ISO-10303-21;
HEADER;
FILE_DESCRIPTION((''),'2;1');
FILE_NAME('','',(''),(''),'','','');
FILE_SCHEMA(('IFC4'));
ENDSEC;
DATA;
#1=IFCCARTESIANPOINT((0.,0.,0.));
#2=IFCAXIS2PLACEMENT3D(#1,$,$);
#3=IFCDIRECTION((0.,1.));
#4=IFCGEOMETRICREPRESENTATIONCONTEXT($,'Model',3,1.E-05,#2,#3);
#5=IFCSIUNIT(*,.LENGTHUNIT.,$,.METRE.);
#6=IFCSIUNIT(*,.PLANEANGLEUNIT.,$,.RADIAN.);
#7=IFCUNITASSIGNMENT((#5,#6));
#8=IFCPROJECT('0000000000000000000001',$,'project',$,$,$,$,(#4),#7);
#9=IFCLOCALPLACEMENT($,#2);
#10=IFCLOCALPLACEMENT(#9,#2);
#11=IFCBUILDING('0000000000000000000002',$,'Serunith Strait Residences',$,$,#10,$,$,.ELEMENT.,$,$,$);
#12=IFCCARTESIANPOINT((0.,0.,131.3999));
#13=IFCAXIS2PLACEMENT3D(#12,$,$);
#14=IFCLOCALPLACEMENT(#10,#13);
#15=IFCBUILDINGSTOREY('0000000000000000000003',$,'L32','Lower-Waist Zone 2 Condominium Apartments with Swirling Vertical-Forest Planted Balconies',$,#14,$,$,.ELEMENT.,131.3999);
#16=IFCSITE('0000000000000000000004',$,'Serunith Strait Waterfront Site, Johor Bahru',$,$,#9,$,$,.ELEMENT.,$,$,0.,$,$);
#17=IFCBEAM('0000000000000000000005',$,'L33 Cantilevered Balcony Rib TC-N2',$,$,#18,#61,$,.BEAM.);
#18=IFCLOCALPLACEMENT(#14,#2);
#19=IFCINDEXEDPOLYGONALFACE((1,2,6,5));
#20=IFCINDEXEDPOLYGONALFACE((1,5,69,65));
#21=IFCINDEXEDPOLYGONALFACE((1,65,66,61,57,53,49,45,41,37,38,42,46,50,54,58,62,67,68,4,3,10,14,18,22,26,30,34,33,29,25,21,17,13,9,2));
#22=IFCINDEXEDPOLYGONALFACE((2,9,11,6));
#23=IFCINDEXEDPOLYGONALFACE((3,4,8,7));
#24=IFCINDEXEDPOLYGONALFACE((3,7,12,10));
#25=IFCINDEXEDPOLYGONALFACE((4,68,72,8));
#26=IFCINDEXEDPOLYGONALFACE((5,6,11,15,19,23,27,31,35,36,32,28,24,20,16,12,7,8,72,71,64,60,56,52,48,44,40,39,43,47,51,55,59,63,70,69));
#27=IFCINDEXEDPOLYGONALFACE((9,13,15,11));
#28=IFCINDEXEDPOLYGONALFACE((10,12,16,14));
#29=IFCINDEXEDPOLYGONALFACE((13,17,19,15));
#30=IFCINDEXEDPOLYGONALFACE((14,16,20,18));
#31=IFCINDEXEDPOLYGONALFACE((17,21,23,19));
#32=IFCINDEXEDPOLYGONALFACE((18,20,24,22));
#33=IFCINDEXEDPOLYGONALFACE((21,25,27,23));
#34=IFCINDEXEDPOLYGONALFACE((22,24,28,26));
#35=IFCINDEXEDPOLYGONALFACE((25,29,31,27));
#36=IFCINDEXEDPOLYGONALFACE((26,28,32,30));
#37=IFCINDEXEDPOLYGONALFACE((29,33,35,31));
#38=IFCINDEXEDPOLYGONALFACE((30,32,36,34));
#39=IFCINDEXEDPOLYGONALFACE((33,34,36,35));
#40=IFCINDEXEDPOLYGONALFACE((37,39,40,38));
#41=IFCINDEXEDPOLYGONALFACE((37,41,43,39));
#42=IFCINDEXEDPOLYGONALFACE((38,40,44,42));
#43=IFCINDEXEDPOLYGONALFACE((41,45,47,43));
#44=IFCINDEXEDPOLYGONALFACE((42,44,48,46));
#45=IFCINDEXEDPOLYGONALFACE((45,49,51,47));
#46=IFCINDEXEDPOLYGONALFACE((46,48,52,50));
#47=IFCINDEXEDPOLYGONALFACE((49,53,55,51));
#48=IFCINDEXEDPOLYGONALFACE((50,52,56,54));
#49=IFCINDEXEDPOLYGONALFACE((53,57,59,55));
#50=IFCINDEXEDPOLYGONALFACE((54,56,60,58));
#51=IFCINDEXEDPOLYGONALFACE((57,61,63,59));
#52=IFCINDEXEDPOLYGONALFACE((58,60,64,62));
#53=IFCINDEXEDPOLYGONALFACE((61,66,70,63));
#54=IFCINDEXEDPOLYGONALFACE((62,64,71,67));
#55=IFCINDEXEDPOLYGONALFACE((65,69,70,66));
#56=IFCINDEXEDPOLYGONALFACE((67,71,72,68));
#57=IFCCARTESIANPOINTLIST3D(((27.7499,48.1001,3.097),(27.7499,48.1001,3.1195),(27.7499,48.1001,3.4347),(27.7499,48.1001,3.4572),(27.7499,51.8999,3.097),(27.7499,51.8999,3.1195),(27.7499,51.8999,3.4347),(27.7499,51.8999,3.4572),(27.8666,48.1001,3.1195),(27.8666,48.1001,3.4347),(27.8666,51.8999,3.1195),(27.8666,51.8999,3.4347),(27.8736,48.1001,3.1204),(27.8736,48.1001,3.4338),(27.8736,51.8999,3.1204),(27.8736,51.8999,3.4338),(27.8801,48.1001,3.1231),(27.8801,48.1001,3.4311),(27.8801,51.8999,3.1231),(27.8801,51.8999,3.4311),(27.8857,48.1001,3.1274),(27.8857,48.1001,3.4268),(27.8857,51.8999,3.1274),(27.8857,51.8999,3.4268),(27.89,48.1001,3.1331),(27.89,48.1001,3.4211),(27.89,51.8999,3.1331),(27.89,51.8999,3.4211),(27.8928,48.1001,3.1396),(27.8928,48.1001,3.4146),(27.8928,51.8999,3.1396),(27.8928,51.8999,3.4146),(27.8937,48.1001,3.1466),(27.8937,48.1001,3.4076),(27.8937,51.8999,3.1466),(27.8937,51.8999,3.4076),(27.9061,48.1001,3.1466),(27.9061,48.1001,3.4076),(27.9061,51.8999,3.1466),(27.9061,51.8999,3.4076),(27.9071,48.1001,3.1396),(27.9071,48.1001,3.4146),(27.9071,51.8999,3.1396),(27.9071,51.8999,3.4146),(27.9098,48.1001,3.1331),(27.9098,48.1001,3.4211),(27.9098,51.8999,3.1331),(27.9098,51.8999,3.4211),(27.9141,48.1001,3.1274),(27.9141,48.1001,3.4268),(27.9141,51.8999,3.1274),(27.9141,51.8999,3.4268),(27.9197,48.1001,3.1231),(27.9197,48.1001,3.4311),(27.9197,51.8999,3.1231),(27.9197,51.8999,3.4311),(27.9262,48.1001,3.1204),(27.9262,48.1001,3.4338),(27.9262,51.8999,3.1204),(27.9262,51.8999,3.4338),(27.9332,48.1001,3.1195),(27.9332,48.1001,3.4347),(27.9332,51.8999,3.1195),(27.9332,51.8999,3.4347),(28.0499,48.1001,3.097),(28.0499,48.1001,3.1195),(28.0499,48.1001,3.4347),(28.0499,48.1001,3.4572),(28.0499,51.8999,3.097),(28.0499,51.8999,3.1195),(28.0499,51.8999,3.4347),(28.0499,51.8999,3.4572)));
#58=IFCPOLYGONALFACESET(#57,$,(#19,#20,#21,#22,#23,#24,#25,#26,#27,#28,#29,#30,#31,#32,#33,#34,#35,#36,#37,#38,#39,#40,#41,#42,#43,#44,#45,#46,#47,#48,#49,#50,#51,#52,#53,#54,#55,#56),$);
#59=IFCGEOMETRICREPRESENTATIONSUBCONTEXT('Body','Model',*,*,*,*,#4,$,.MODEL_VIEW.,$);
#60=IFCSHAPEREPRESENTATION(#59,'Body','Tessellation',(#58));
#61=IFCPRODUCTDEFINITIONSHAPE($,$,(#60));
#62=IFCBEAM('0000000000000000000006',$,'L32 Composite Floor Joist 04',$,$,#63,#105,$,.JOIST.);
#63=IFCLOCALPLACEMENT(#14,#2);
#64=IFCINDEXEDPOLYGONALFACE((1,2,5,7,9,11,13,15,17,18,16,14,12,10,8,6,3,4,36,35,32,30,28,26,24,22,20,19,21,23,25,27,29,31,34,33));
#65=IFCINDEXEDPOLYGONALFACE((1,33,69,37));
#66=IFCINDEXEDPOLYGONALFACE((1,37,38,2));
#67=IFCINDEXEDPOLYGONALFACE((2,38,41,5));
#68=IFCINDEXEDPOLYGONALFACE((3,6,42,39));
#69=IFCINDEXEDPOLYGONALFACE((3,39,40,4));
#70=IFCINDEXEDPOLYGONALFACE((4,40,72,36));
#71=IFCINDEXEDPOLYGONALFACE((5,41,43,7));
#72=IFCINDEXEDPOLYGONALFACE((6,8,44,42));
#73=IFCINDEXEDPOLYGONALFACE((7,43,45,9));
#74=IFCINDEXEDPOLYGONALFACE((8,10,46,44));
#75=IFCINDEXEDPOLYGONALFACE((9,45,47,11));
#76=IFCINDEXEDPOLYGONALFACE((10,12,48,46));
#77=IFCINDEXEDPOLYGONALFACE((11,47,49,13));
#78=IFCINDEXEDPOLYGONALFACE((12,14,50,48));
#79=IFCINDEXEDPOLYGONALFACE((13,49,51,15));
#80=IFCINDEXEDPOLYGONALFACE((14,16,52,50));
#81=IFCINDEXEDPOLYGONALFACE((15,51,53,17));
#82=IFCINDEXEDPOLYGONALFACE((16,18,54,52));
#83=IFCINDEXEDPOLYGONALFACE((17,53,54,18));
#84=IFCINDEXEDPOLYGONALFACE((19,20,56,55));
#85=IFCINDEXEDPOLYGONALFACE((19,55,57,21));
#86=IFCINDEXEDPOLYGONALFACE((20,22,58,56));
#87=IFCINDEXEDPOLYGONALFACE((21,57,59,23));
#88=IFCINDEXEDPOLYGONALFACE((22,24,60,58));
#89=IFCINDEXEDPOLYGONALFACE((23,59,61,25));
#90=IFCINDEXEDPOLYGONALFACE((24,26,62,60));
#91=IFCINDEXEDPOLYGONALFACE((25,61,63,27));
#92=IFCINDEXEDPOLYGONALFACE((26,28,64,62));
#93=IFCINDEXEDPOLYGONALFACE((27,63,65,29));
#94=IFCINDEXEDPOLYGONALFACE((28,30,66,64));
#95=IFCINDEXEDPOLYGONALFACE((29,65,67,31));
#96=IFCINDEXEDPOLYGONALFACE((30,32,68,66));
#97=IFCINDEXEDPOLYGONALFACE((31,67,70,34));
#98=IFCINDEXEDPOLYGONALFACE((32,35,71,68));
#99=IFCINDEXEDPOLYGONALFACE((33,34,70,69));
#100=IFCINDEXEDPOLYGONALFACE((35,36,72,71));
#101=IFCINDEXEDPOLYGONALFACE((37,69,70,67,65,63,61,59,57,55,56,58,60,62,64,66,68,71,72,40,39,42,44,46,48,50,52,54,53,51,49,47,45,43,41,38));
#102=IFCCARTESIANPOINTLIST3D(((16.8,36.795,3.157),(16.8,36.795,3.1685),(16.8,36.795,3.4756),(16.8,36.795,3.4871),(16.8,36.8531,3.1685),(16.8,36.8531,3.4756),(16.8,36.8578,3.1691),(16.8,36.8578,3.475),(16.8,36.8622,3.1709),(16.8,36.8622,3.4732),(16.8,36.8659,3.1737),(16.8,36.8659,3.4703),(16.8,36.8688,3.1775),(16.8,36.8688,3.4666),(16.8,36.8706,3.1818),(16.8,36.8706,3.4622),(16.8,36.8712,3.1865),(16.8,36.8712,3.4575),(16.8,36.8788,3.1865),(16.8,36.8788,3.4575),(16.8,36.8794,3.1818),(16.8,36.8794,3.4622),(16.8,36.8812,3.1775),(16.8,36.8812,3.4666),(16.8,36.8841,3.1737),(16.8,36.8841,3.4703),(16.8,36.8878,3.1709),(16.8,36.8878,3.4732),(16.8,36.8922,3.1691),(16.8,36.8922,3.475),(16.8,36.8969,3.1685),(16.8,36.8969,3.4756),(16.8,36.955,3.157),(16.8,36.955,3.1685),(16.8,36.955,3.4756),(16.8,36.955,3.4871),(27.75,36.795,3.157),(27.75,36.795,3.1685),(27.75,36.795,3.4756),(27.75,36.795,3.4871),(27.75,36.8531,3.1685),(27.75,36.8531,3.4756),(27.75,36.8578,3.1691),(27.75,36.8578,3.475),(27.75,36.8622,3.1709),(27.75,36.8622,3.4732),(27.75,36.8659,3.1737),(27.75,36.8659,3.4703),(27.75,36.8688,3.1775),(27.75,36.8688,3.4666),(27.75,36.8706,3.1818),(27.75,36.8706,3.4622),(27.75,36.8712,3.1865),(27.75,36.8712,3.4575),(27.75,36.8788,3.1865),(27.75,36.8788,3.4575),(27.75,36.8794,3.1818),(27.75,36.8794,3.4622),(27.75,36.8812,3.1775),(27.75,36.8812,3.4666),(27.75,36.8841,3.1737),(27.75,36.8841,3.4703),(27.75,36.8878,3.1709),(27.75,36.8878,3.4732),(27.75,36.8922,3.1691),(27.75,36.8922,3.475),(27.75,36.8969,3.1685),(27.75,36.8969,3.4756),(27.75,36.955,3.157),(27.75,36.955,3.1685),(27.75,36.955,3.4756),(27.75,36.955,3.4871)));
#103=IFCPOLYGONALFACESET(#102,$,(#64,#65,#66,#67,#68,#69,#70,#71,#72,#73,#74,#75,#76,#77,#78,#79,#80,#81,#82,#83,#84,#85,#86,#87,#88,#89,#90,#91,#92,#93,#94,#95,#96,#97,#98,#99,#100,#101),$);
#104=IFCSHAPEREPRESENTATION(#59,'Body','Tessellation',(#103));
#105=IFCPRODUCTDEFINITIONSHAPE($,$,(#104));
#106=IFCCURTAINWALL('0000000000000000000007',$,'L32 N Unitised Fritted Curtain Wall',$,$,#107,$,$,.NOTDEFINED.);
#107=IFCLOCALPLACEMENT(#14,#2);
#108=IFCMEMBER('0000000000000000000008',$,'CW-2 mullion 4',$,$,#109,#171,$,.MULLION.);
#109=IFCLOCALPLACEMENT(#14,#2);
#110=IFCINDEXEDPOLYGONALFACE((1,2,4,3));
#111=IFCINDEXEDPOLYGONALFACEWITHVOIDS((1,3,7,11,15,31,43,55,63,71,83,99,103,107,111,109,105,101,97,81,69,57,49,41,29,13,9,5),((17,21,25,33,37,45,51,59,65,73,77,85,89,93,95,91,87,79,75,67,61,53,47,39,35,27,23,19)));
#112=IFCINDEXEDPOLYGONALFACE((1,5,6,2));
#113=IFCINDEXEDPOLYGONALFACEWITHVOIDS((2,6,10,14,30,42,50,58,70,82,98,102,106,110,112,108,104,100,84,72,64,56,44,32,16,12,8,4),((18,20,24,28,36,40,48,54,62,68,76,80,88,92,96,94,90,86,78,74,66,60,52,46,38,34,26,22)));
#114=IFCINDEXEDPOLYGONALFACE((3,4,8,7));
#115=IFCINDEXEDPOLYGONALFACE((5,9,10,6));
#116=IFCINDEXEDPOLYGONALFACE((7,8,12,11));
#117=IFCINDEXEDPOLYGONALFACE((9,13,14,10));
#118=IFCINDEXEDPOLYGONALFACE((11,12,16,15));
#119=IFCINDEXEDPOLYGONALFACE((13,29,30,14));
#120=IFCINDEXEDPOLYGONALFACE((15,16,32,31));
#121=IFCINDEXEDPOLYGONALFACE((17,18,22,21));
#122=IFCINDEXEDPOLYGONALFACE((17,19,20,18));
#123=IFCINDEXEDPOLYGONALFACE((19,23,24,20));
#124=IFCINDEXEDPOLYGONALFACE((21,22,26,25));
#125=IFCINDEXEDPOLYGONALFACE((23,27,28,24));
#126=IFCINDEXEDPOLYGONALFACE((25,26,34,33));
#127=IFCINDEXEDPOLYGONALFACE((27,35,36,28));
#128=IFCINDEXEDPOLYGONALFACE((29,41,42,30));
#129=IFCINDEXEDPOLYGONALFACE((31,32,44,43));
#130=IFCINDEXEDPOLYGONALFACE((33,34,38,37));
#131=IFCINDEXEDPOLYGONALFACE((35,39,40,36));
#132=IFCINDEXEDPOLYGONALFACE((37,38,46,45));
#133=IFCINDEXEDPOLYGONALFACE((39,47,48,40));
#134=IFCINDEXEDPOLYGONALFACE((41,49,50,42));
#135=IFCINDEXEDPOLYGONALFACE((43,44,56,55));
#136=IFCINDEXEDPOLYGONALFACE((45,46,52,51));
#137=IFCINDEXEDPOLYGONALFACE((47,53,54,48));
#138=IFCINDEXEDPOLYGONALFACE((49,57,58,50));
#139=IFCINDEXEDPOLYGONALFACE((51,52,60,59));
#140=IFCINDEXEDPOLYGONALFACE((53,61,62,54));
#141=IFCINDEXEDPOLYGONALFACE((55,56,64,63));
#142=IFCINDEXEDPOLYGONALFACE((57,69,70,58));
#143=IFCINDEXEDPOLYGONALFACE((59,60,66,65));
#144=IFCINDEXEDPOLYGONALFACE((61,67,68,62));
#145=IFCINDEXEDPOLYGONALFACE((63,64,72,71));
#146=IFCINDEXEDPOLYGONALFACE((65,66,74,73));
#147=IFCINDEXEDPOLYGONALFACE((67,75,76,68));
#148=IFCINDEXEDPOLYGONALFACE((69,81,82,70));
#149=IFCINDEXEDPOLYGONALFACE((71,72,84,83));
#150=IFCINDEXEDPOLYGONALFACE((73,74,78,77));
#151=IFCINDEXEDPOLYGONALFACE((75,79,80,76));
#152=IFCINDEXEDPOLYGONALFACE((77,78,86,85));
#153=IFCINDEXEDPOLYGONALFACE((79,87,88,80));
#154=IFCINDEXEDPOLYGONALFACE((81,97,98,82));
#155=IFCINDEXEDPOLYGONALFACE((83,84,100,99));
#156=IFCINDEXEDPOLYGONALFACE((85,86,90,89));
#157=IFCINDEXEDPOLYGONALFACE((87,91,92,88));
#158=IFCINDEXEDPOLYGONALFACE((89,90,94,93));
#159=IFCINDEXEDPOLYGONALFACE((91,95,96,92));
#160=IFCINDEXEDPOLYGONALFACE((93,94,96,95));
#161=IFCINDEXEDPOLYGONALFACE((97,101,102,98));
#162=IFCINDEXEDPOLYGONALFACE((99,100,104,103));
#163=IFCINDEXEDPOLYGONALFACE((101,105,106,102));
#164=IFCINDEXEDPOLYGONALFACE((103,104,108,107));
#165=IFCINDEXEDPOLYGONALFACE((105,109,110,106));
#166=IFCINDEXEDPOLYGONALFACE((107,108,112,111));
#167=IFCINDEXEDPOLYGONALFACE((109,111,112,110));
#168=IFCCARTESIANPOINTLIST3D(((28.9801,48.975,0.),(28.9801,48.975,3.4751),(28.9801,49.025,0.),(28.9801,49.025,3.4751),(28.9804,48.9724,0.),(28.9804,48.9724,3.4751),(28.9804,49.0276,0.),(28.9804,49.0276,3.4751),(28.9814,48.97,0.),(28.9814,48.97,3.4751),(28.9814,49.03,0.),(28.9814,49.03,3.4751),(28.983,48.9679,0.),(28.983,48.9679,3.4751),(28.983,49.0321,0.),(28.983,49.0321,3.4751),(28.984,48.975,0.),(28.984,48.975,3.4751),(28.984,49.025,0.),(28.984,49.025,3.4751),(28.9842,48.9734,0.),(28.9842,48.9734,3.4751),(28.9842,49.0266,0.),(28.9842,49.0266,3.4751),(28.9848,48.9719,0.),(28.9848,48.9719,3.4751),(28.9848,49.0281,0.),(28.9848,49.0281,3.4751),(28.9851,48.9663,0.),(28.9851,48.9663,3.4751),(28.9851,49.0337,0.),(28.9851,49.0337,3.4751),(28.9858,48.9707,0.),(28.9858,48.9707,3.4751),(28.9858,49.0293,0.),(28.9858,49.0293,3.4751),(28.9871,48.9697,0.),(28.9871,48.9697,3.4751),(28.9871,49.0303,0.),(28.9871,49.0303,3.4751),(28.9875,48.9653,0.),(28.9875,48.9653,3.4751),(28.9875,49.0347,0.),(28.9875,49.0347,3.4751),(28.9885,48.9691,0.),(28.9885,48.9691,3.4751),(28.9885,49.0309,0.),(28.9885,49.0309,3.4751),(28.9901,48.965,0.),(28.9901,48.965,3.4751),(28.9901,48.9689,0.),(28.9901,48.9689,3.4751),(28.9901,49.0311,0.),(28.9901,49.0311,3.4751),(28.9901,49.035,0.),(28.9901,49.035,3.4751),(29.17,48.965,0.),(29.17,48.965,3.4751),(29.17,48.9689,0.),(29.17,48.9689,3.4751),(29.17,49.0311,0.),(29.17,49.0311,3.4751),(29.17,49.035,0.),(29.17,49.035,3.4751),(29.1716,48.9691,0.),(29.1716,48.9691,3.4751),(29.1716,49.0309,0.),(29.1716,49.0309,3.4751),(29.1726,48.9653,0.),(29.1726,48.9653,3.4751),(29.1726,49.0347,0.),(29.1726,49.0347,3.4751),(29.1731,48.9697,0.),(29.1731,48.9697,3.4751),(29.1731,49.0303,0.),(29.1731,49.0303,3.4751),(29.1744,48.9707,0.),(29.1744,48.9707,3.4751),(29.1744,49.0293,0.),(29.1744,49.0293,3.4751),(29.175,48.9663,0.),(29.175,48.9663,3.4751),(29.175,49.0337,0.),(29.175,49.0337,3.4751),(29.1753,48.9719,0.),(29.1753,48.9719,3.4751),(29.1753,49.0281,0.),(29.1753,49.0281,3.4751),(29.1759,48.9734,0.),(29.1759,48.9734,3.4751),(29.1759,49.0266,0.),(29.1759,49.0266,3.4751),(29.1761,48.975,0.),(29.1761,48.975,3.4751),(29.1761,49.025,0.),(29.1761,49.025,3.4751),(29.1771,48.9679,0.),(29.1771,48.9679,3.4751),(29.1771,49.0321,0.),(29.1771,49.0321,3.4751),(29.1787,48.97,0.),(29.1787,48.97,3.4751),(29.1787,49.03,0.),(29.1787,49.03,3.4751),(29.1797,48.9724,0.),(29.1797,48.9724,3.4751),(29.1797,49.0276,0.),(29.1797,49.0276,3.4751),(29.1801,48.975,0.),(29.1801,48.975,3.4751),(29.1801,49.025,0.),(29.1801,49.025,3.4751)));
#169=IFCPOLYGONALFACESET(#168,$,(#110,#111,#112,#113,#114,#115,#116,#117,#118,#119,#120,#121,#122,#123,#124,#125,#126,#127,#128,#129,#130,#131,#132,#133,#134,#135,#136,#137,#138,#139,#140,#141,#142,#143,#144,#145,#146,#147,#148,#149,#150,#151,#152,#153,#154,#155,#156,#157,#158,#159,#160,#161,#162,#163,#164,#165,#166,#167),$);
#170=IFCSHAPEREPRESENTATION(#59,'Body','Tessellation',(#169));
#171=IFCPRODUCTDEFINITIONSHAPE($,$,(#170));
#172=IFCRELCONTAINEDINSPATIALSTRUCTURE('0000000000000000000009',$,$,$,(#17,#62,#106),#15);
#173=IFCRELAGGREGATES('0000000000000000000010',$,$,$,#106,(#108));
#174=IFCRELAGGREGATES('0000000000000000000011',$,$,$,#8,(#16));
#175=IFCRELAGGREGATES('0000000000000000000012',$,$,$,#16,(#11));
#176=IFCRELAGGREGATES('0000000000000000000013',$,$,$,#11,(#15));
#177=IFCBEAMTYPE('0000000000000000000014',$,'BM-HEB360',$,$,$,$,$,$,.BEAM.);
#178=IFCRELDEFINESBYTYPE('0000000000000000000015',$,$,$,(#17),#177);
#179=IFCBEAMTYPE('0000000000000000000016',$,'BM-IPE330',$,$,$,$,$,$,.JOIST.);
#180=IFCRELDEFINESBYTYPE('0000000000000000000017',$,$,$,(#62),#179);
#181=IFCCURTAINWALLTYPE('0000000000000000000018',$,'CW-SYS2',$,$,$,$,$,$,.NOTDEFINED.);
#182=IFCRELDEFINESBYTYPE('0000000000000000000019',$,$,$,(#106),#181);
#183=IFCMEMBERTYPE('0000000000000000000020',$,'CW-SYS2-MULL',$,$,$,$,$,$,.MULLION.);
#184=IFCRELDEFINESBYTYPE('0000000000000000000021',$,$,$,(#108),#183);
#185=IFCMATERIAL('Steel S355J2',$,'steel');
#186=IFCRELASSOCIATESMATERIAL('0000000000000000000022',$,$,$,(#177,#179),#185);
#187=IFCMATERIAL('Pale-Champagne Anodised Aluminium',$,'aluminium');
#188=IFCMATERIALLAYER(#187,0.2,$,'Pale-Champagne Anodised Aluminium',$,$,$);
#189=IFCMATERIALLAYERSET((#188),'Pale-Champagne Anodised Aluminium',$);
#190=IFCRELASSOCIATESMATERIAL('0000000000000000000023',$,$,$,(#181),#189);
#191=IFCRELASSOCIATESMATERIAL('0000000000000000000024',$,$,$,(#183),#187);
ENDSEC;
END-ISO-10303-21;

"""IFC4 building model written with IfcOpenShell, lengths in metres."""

from ifc_helpers import new_model, si_unit, direction, frame, origin, origin_2d, place, context, subcontext, project, spatial, hollow_rectangle, i_section, extrude, source, transform, mapped, material, layer, layer_set, material_profile, profile_set, type_object, element, aggregate, save


model = new_model("IFC4")

# Units and contexts
model_context = context("Model", 3, precision=1e-05, world=origin(), true_north=direction((0.0, 1.0)))
body_context = subcontext(model_context, "Body", "Model", "MODEL_VIEW")
ifc_project = project(units=[si_unit("LENGTHUNIT", "METRE"), si_unit("PLANEANGLEUNIT", "RADIAN")], contexts=[model_context])

# Site, building, storey
site_placement = place(None, origin())
site = spatial("IfcSite", under=ifc_project, at=site_placement, Name="Serunith Strait Waterfront Site, Johor Bahru", CompositionType="ELEMENT", RefElevation=0.0)
building_placement = place(site_placement, origin())
building = spatial("IfcBuilding", under=site, at=building_placement, Name="Serunith Strait Residences", CompositionType="ELEMENT")
storey_placement = place(building_placement, frame((0.0, 0.0, 131.3999)))
storey = spatial("IfcBuildingStorey", under=building, at=storey_placement, Name="L32", Description="Lower-Waist Zone 2 Condominium Apartments with Swirling Vertical-Forest Planted Balconies", CompositionType="ELEMENT", Elevation=131.3999)

# Beams
ifc_material_1 = material(Name="Steel S355J2", Category="steel")
ifc_material_profile_1 = material_profile(ifc_material_1, i_section(OverallWidth=0.3, OverallDepth=0.3601, WebThickness=0.0125, FlangeThickness=0.0225, FilletRadius=0.0271, at=origin_2d()), Name="HEB 360")
ifc_profile_set_1 = profile_set([ifc_material_profile_1], Name="Steel S355J2")
beam_type_1 = type_object("IfcBeamType", Name="BM-HEB360", PredefinedType="BEAM", material=ifc_profile_set_1)
shared_shape_1 = source(origin(), body_context, "Body", "SweptSolid", [
    extrude(i_section(OverallWidth=0.3, OverallDepth=0.3601, WebThickness=0.0125, FlangeThickness=0.0225, FilletRadius=0.0271, at=origin_2d()), origin(), (0.0, 0.0, 1.0), 3.7998),
])
beam_1_placement = place(storey_placement, frame((27.8999, 48.1001, 3.2771), z_axis=(0.0, 1.0, 0.0), x_axis=(-1.0, 0.0, 0.0)))
element("IfcBeam", 1, at=beam_1_placement, inside=storey, type_object=beam_type_1, Name="L33 Cantilevered Balcony Rib TC-N2", PredefinedType="BEAM", context=body_context, shape_type="MappedRepresentation", body=[
    mapped(shared_shape_1, transform((0.0, 0.0, 0.0), scale=1.0)),
])
ifc_material_profile_2 = material_profile(ifc_material_1, i_section(OverallWidth=0.1599, OverallDepth=0.3301, WebThickness=0.0076, FlangeThickness=0.0115, FilletRadius=0.0181, at=origin_2d()), Name="IPE 330")
ifc_profile_set_2 = profile_set([ifc_material_profile_2], Name="Steel S355J2")
beam_type_2 = type_object("IfcBeamType", Name="BM-IPE330", PredefinedType="JOIST", material=ifc_profile_set_2)
shared_shape_2 = source(origin(), body_context, "Body", "SweptSolid", [
    extrude(i_section(OverallWidth=0.1599, OverallDepth=0.3301, WebThickness=0.0076, FlangeThickness=0.0115, FilletRadius=0.0181, at=origin_2d()), origin(), (0.0, 0.0, 1.0), 10.95),
])
beam_2_placement = place(storey_placement, frame((16.8, 36.875, 3.322), z_axis=(1.0, 0.0, 0.0), x_axis=(0.0, 1.0, 0.0)))
element("IfcBeam", 2, at=beam_2_placement, inside=storey, type_object=beam_type_2, Name="L32 Composite Floor Joist 04", PredefinedType="JOIST", context=body_context, shape_type="MappedRepresentation", body=[
    mapped(shared_shape_2, transform((0.0, 0.0, 0.0), scale=1.0)),
])

# Curtain wall, member
ifc_material_2 = material(Name="Pale-Champagne Anodised Aluminium", Category="aluminium")
ifc_layer_1 = layer(ifc_material_2, 0.2, Name="Pale-Champagne Anodised Aluminium")
ifc_layer_set_1 = layer_set([ifc_layer_1], Name="Pale-Champagne Anodised Aluminium")
curtain_wall_type = type_object("IfcCurtainWallType", Name="CW-SYS2", PredefinedType="NOTDEFINED", material=ifc_layer_set_1)
curtain_wall_placement = place(storey_placement, origin())
curtain_wall = element("IfcCurtainWall", 3, at=curtain_wall_placement, inside=storey, type_object=curtain_wall_type, Name="L32 N Unitised Fritted Curtain Wall", PredefinedType="NOTDEFINED")
ifc_material_profile_3 = material_profile(ifc_material_2, hollow_rectangle(XDim=0.0701, YDim=0.2, WallThickness=0.0039, InnerFilletRadius=0.0061, OuterFilletRadius=0.01, at=origin_2d()), Name="ALU 200x70x4")
ifc_profile_set_3 = profile_set([ifc_material_profile_3], Name="Pale-Champagne Anodised Aluminium")
member_type_1 = type_object("IfcMemberType", Name="CW-SYS2-MULL", PredefinedType="MULLION", material=ifc_profile_set_3)
shared_shape_3 = source(origin(), body_context, "Body", "SweptSolid", [
    extrude(hollow_rectangle(XDim=0.0701, YDim=0.2, WallThickness=0.0039, InnerFilletRadius=0.0061, OuterFilletRadius=0.01, at=origin_2d()), origin(), (0.0, 0.0, 1.0), 3.4751),
])
member_1_placement = place(storey_placement, frame((29.0801, 49.0, 0.0), z_axis=(0.0, 0.0, 1.0), x_axis=(0.0, -1.0, 0.0)))
member_1 = element("IfcMember", 4, at=member_1_placement, type_object=member_type_1, Name="CW-2 mullion 4", PredefinedType="MULLION", context=body_context, shape_type="MappedRepresentation", body=[
    mapped(shared_shape_3, transform((0.0, 0.0, 0.0), scale=1.0)),
])
aggregate(curtain_wall, [member_1])

save(model, "model.ifc")
